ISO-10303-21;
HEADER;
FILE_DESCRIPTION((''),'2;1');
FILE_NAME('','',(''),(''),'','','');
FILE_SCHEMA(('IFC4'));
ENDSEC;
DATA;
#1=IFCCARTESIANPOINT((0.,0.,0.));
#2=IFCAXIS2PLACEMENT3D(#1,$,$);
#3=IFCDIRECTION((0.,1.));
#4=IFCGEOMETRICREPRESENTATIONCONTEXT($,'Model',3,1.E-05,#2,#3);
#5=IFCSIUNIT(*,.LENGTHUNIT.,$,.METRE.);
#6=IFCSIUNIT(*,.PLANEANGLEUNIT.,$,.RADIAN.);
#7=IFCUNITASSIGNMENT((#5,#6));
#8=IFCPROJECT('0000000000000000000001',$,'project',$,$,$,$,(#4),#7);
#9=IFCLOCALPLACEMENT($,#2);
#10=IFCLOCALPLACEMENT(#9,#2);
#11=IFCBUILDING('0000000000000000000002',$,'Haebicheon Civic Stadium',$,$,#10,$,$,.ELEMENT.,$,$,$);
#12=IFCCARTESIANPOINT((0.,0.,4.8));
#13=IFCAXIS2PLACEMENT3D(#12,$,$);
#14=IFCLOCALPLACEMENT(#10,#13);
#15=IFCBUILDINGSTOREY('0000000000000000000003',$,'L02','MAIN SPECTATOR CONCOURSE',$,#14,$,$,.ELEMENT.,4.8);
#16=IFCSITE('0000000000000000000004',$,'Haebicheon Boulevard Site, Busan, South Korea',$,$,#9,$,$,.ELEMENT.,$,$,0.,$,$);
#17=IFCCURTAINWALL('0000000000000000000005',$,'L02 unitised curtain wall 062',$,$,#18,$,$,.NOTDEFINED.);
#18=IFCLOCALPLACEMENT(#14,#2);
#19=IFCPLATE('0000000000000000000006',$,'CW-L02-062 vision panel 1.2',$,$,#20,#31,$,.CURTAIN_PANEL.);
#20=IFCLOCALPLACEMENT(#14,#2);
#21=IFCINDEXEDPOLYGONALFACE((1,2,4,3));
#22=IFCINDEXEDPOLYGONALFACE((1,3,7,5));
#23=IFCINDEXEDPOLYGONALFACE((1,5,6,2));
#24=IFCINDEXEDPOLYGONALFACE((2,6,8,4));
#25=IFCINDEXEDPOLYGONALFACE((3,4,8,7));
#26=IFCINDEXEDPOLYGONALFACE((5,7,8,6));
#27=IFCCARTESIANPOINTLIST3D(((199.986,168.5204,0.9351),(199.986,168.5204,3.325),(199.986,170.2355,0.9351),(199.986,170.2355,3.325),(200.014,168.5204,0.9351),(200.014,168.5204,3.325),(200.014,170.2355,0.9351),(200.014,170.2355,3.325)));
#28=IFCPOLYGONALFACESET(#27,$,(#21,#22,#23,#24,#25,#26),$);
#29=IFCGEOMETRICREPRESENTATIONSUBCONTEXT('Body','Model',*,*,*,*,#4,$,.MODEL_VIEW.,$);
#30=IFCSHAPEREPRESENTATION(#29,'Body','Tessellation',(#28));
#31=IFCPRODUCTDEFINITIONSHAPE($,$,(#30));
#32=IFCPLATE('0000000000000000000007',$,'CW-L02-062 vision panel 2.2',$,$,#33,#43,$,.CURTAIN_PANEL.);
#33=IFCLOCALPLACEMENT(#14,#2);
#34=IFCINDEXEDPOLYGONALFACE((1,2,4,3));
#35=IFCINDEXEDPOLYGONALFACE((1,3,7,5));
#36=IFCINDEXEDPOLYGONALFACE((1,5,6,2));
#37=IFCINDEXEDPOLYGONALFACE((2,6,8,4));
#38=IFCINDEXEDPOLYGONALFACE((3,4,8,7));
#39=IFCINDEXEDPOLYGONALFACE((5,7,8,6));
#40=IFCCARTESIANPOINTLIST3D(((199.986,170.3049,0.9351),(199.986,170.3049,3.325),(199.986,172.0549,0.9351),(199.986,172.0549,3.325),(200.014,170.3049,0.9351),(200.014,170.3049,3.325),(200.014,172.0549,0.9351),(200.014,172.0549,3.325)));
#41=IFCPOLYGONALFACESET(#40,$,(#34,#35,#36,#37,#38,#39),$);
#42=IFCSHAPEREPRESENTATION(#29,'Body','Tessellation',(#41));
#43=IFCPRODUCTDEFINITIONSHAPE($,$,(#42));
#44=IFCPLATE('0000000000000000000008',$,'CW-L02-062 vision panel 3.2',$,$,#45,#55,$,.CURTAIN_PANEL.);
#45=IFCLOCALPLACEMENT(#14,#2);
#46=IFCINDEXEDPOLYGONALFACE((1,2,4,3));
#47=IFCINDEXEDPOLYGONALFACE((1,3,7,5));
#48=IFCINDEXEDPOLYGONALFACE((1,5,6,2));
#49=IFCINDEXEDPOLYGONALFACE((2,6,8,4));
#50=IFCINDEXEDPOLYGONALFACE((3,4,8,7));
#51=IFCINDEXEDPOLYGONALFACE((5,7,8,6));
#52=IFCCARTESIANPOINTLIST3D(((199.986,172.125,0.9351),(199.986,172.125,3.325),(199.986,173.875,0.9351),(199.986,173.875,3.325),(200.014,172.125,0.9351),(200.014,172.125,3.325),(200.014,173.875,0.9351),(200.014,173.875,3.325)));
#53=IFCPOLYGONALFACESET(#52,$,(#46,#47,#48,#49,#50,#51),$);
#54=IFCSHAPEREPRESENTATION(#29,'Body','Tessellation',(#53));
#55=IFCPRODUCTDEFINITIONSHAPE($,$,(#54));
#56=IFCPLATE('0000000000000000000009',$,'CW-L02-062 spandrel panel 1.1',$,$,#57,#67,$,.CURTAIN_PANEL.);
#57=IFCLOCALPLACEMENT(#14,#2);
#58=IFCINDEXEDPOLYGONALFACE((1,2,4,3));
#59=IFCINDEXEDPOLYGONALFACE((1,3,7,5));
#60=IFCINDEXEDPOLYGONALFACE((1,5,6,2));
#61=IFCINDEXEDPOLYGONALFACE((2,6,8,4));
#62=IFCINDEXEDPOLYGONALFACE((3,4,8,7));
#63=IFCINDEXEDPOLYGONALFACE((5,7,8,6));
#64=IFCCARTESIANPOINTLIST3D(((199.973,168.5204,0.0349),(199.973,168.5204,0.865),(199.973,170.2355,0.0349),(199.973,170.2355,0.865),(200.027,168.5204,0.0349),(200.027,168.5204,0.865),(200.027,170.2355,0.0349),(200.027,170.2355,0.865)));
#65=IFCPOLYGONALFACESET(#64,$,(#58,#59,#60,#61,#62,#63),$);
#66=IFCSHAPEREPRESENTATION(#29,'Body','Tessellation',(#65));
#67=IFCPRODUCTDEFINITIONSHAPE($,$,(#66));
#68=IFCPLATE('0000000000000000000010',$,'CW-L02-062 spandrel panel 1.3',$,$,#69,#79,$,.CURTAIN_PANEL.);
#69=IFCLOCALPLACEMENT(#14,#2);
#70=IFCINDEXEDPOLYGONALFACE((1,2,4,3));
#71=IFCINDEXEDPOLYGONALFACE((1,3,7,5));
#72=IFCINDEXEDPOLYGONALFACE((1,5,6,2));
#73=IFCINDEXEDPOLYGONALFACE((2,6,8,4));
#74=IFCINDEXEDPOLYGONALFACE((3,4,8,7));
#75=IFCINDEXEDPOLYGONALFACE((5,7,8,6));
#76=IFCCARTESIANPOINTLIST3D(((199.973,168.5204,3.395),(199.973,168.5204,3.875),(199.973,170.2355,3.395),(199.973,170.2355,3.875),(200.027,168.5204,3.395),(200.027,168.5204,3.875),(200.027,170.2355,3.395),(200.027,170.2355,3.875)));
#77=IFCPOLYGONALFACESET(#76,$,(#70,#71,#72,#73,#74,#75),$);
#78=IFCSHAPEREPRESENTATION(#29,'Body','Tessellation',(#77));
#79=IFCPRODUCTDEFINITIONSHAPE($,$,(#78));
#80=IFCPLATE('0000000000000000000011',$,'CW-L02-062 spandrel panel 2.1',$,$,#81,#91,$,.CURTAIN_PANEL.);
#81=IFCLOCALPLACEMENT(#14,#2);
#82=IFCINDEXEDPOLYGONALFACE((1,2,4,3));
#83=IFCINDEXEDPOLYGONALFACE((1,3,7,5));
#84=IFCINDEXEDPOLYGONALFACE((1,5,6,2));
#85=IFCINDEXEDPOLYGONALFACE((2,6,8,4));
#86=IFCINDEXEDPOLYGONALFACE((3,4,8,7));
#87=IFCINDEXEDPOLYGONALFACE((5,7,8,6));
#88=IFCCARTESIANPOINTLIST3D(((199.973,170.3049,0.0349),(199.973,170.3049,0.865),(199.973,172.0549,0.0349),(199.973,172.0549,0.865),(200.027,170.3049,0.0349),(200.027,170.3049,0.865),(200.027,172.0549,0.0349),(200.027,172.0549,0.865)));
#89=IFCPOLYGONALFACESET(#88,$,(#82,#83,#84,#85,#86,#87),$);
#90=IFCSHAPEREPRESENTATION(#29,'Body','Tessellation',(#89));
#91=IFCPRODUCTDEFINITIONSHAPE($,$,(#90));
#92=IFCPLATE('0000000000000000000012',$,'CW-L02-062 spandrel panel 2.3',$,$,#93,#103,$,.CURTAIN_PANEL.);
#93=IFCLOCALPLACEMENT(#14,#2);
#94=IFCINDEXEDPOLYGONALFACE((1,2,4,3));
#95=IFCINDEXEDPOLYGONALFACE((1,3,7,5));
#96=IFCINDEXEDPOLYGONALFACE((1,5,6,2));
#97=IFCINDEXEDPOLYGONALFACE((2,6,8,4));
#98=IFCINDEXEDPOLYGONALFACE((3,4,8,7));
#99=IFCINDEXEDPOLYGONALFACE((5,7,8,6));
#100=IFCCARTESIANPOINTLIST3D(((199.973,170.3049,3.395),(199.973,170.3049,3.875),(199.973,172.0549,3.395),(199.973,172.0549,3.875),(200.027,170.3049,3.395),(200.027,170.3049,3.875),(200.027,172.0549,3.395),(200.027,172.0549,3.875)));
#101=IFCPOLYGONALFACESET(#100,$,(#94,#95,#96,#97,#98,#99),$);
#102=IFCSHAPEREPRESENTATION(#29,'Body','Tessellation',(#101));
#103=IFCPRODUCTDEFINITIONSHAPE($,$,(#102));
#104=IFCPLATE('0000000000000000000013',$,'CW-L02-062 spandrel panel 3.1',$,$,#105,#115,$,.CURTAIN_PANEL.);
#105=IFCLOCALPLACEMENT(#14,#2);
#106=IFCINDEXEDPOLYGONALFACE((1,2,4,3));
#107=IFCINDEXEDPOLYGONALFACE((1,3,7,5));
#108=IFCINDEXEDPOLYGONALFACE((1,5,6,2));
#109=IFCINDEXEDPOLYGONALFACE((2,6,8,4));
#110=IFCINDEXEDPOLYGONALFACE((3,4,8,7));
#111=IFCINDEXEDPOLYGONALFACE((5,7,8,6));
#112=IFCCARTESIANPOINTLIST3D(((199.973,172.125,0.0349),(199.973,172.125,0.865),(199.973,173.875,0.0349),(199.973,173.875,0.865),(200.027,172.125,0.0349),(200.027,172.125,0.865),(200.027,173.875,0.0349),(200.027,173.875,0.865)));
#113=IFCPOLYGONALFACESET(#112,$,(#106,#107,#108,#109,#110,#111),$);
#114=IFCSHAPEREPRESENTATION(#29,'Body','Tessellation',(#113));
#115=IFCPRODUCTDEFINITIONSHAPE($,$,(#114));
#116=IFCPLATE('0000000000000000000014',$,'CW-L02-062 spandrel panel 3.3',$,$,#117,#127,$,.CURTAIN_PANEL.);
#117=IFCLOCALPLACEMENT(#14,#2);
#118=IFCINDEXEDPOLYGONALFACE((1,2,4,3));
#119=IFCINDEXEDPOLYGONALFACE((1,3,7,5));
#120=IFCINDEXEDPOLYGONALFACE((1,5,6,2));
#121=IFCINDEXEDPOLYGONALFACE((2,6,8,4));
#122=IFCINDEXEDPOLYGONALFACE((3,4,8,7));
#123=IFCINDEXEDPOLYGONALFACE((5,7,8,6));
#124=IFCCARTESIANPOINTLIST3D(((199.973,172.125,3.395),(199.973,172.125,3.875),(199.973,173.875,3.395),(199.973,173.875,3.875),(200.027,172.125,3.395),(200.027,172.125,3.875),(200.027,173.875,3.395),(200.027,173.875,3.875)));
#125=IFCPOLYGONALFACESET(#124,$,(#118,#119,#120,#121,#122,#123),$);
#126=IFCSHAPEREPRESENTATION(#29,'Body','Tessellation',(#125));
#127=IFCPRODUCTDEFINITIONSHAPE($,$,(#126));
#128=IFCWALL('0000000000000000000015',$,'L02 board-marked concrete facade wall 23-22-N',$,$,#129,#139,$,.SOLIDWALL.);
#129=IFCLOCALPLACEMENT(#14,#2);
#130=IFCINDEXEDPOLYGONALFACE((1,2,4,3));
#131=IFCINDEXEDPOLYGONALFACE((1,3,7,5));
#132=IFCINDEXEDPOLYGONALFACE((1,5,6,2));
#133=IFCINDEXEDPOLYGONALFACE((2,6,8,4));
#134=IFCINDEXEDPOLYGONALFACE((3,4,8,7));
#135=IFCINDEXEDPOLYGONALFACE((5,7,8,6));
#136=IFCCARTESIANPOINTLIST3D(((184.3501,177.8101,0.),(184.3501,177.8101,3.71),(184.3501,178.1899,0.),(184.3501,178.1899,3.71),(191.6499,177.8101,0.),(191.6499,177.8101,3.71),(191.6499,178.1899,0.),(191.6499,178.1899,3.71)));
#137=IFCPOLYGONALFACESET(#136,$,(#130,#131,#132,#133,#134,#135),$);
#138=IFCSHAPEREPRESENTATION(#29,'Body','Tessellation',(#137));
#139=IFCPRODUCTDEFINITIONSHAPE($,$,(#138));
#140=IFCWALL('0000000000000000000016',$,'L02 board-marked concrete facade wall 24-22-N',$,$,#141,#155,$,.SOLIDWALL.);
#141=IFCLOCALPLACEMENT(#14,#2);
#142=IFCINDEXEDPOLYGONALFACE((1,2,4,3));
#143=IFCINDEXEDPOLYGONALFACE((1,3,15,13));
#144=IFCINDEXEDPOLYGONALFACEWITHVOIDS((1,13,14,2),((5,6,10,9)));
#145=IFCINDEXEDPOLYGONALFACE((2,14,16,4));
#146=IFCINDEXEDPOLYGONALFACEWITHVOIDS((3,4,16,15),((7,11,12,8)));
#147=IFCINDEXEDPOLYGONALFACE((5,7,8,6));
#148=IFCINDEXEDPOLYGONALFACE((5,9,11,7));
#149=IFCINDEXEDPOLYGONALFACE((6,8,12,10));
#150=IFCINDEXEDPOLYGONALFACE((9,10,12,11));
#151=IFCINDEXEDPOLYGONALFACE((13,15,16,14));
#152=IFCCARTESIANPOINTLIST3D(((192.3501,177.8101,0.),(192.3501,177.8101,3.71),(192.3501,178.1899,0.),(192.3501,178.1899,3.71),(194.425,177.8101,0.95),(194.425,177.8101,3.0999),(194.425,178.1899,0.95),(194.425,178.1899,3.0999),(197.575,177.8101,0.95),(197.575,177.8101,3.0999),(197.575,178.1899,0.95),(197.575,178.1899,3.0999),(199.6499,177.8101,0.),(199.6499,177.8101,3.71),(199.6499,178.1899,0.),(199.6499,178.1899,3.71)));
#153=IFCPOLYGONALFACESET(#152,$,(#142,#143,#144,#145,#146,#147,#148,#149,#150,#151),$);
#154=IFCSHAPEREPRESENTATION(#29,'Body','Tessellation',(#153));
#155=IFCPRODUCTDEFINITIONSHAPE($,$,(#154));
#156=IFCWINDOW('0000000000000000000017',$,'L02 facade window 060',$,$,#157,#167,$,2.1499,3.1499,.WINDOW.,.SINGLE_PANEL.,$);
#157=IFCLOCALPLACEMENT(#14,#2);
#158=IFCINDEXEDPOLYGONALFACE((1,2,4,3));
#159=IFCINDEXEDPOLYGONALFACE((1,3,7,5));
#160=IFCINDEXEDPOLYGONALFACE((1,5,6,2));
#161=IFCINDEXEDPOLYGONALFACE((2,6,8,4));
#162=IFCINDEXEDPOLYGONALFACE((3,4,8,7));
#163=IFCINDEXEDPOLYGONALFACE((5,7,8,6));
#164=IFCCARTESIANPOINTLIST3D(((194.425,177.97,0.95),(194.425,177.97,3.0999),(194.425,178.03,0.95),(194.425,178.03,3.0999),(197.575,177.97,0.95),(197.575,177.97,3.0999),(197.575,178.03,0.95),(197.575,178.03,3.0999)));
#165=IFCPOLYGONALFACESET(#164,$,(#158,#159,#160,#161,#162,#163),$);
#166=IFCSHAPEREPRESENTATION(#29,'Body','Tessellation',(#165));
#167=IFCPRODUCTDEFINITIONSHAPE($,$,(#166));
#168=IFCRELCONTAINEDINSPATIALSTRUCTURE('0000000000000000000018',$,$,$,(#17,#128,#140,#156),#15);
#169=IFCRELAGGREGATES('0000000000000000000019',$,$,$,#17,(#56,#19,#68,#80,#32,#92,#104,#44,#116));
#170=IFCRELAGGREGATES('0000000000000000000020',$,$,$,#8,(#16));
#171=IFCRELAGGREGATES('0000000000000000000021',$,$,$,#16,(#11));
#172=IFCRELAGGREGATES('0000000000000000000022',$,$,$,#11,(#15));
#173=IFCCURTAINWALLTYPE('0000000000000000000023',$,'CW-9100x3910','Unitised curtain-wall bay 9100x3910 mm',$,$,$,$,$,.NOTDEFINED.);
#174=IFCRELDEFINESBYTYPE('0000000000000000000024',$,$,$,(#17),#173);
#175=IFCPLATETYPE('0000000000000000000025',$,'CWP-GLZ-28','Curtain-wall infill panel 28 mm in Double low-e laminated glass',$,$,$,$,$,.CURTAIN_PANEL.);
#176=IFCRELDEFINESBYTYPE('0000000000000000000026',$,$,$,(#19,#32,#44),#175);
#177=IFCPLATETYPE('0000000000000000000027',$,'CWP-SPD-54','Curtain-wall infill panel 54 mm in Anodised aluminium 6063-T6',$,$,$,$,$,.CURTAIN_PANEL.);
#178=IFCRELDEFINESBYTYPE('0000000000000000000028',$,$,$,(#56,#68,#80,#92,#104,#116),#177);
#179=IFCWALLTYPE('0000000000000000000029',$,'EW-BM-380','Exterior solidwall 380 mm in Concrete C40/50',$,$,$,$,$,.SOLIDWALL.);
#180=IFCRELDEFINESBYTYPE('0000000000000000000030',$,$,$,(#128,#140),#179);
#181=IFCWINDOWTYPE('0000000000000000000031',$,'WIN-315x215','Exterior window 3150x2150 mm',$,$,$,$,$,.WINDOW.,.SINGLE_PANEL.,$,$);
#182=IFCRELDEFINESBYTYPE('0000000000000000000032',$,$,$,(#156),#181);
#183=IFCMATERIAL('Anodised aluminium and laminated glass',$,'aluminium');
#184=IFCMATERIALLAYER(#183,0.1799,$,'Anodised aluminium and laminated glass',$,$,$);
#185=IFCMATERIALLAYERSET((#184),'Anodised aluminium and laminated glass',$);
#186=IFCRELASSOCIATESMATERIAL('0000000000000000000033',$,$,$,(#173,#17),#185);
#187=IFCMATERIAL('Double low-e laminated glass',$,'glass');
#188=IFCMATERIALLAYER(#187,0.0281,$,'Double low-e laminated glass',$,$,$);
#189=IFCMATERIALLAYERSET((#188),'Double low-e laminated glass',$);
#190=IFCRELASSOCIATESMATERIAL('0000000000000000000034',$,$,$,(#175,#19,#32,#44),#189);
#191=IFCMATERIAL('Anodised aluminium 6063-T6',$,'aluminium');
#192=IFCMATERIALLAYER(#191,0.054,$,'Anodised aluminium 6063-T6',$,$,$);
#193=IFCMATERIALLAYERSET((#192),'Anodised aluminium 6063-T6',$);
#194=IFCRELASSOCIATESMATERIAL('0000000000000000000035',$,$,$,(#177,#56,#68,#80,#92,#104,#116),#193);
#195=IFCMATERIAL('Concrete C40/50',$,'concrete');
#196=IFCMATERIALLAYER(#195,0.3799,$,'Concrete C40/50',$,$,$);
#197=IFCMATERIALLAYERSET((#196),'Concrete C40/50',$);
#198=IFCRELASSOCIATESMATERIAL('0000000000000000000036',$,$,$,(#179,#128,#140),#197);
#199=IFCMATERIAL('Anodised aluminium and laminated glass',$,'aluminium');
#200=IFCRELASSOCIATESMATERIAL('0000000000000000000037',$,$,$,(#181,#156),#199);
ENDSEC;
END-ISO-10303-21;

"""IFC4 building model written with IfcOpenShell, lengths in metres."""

from ifc_helpers import new_model, si_unit, direction, frame, frame_2d, origin, origin_2d, place, context, subcontext, project, spatial, rectangle, extrude, material, layer, layer_set, type_object, element, fill, aggregate, save


model = new_model("IFC4")

# Units and contexts
model_context = context("Model", 3, precision=1e-05, world=origin(), true_north=direction((0.0, 1.0)))
body_context = subcontext(model_context, "Body", "Model", "MODEL_VIEW")
ifc_project = project(units=[si_unit("LENGTHUNIT", "METRE"), si_unit("PLANEANGLEUNIT", "RADIAN")], contexts=[model_context])

# Site, building, storey
site_placement = place(None, origin())
site = spatial("IfcSite", under=ifc_project, at=site_placement, Name="Haebicheon Boulevard Site, Busan, South Korea", CompositionType="ELEMENT", RefElevation=0.0)
building_placement = place(site_placement, origin())
building = spatial("IfcBuilding", under=site, at=building_placement, Name="Haebicheon Civic Stadium", CompositionType="ELEMENT")
storey_placement = place(building_placement, frame((0.0, 0.0, 4.8)))
storey = spatial("IfcBuildingStorey", under=building, at=storey_placement, Name="L02", Description="MAIN SPECTATOR CONCOURSE", CompositionType="ELEMENT", Elevation=4.8)

# Curtain wall
ifc_material_1 = material(Name="Anodised aluminium and laminated glass", Category="aluminium")
ifc_layer_1 = layer(ifc_material_1, 0.1799, Name="Anodised aluminium and laminated glass")
ifc_layer_set_1 = layer_set([ifc_layer_1], Name="Anodised aluminium and laminated glass")
curtain_wall_type_1 = type_object("IfcCurtainWallType", Name="CW-9100x3910", Description="Unitised curtain-wall bay 9100x3910 mm", PredefinedType="NOTDEFINED", material=ifc_layer_set_1)
curtain_wall_1_placement = place(storey_placement, origin())
curtain_wall_1 = element("IfcCurtainWall", 1, at=curtain_wall_1_placement, inside=storey, type_object=curtain_wall_type_1, material=ifc_layer_set_1, Name="L02 unitised curtain wall 062", PredefinedType="NOTDEFINED")

# Plates
ifc_material_2 = material(Name="Double low-e laminated glass", Category="glass")
ifc_layer_2 = layer(ifc_material_2, 0.0281, Name="Double low-e laminated glass")
ifc_layer_set_2 = layer_set([ifc_layer_2], Name="Double low-e laminated glass")
plate_type_1 = type_object("IfcPlateType", Name="CWP-GLZ-28", Description="Curtain-wall infill panel 28 mm in Double low-e laminated glass", PredefinedType="CURTAIN_PANEL", material=ifc_layer_set_2)
plate_1_placement = place(storey_placement, frame((200.0, 169.3779, 0.9351), z_axis=(0.0, 0.0, 1.0), x_axis=(0.0, 1.0, 0.0)))
plate_1 = element("IfcPlate", 2, at=plate_1_placement, type_object=plate_type_1, material=ifc_layer_set_2, Name="CW-L02-062 vision panel 1.2", PredefinedType="CURTAIN_PANEL", context=body_context, shape_type="SweptSolid", body=[
    extrude(rectangle(XDim=1.7151, YDim=0.0281, at=origin_2d()), origin(), (0.0, 0.0, 1.0), 2.3899),
])
plate_2_placement = place(storey_placement, frame((200.0, 171.1799, 0.9351), z_axis=(0.0, 0.0, 1.0), x_axis=(0.0, 1.0, 0.0)))
plate_2 = element("IfcPlate", 3, at=plate_2_placement, type_object=plate_type_1, material=ifc_layer_set_2, Name="CW-L02-062 vision panel 2.2", PredefinedType="CURTAIN_PANEL", context=body_context, shape_type="SweptSolid", body=[
    extrude(rectangle(XDim=1.75, YDim=0.0281, at=origin_2d()), origin(), (0.0, 0.0, 1.0), 2.3899),
])
plate_3_placement = place(storey_placement, frame((200.0, 173.0, 0.9351), z_axis=(0.0, 0.0, 1.0), x_axis=(0.0, 1.0, 0.0)))
plate_3 = element("IfcPlate", 4, at=plate_3_placement, type_object=plate_type_1, material=ifc_layer_set_2, Name="CW-L02-062 vision panel 3.2", PredefinedType="CURTAIN_PANEL", context=body_context, shape_type="SweptSolid", body=[
    extrude(rectangle(XDim=1.75, YDim=0.0281, at=origin_2d()), origin(), (0.0, 0.0, 1.0), 2.3899),
])
ifc_material_3 = material(Name="Anodised aluminium 6063-T6", Category="aluminium")
ifc_layer_3 = layer(ifc_material_3, 0.054, Name="Anodised aluminium 6063-T6")
ifc_layer_set_3 = layer_set([ifc_layer_3], Name="Anodised aluminium 6063-T6")
plate_type_2 = type_object("IfcPlateType", Name="CWP-SPD-54", Description="Curtain-wall infill panel 54 mm in Anodised aluminium 6063-T6", PredefinedType="CURTAIN_PANEL", material=ifc_layer_set_3)
plate_4_placement = place(storey_placement, frame((200.0, 169.3779, 0.0349), z_axis=(0.0, 0.0, 1.0), x_axis=(0.0, 1.0, 0.0)))
plate_4 = element("IfcPlate", 5, at=plate_4_placement, type_object=plate_type_2, material=ifc_layer_set_3, Name="CW-L02-062 spandrel panel 1.1", PredefinedType="CURTAIN_PANEL", context=body_context, shape_type="SweptSolid", body=[
    extrude(rectangle(XDim=1.7151, YDim=0.054, at=origin_2d()), origin(), (0.0, 0.0, 1.0), 0.8301),
])
plate_5_placement = place(storey_placement, frame((200.0, 169.3779, 3.395), z_axis=(0.0, 0.0, 1.0), x_axis=(0.0, 1.0, 0.0)))
plate_5 = element("IfcPlate", 6, at=plate_5_placement, type_object=plate_type_2, material=ifc_layer_set_3, Name="CW-L02-062 spandrel panel 1.3", PredefinedType="CURTAIN_PANEL", context=body_context, shape_type="SweptSolid", body=[
    extrude(rectangle(XDim=1.7151, YDim=0.054, at=origin_2d()), origin(), (0.0, 0.0, 1.0), 0.48),
])
plate_6_placement = place(storey_placement, frame((200.0, 171.1799, 0.0349), z_axis=(0.0, 0.0, 1.0), x_axis=(0.0, 1.0, 0.0)))
plate_6 = element("IfcPlate", 7, at=plate_6_placement, type_object=plate_type_2, material=ifc_layer_set_3, Name="CW-L02-062 spandrel panel 2.1", PredefinedType="CURTAIN_PANEL", context=body_context, shape_type="SweptSolid", body=[
    extrude(rectangle(XDim=1.75, YDim=0.054, at=origin_2d()), origin(), (0.0, 0.0, 1.0), 0.8301),
])
plate_7_placement = place(storey_placement, frame((200.0, 171.1799, 3.395), z_axis=(0.0, 0.0, 1.0), x_axis=(0.0, 1.0, 0.0)))
plate_7 = element("IfcPlate", 8, at=plate_7_placement, type_object=plate_type_2, material=ifc_layer_set_3, Name="CW-L02-062 spandrel panel 2.3", PredefinedType="CURTAIN_PANEL", context=body_context, shape_type="SweptSolid", body=[
    extrude(rectangle(XDim=1.75, YDim=0.054, at=origin_2d()), origin(), (0.0, 0.0, 1.0), 0.48),
])
plate_8_placement = place(storey_placement, frame((200.0, 173.0, 0.0349), z_axis=(0.0, 0.0, 1.0), x_axis=(0.0, 1.0, 0.0)))
plate_8 = element("IfcPlate", 9, at=plate_8_placement, type_object=plate_type_2, material=ifc_layer_set_3, Name="CW-L02-062 spandrel panel 3.1", PredefinedType="CURTAIN_PANEL", context=body_context, shape_type="SweptSolid", body=[
    extrude(rectangle(XDim=1.75, YDim=0.054, at=origin_2d()), origin(), (0.0, 0.0, 1.0), 0.8301),
])
plate_9_placement = place(storey_placement, frame((200.0, 173.0, 3.395), z_axis=(0.0, 0.0, 1.0), x_axis=(0.0, 1.0, 0.0)))
plate_9 = element("IfcPlate", 10, at=plate_9_placement, type_object=plate_type_2, material=ifc_layer_set_3, Name="CW-L02-062 spandrel panel 3.3", PredefinedType="CURTAIN_PANEL", context=body_context, shape_type="SweptSolid", body=[
    extrude(rectangle(XDim=1.75, YDim=0.054, at=origin_2d()), origin(), (0.0, 0.0, 1.0), 0.48),
])
aggregate(curtain_wall_1, [plate_4, plate_1, plate_5, plate_6, plate_2, plate_7, plate_8, plate_3, plate_9])

# Wall
ifc_material_4 = material(Name="Concrete C40/50", Category="concrete")
ifc_layer_4 = layer(ifc_material_4, 0.3799, Name="Concrete C40/50")
ifc_layer_set_4 = layer_set([ifc_layer_4], Name="Concrete C40/50")
wall_type = type_object("IfcWallType", Name="EW-BM-380", Description="Exterior solidwall 380 mm in Concrete C40/50", PredefinedType="SOLIDWALL", material=ifc_layer_set_4)
wall_1_placement = place(storey_placement, frame((184.3501, 178.0, 0.0), z_axis=(0.0, 0.0, 1.0), x_axis=(1.0, 0.0, 0.0)))
element("IfcWall", 11, at=wall_1_placement, inside=storey, type_object=wall_type, material=ifc_layer_set_4, Name="L02 board-marked concrete facade wall 23-22-N", PredefinedType="SOLIDWALL", context=body_context, shape_type="SweptSolid", body=[
    extrude(rectangle(XDim=7.2998, YDim=0.3799, at=frame_2d((3.6499, 0.0))), origin(), (0.0, 0.0, 1.0), 3.71),
])

# Wall, opening, window
wall_2_placement = place(storey_placement, frame((192.3501, 178.0, 0.0), z_axis=(0.0, 0.0, 1.0), x_axis=(1.0, 0.0, 0.0)))
wall_2 = element("IfcWall", 12, at=wall_2_placement, inside=storey, type_object=wall_type, material=ifc_layer_set_4, Name="L02 board-marked concrete facade wall 24-22-N", PredefinedType="SOLIDWALL", context=body_context, shape_type="SweptSolid", body=[
    extrude(rectangle(XDim=7.2998, YDim=0.3799, at=frame_2d((3.6499, 0.0))), origin(), (0.0, 0.0, 1.0), 3.71),
])
opening_placement = place(wall_2_placement, frame((2.075, 0.0, 0.95)))
opening = element("IfcOpeningElement", 13, at=opening_placement, cuts=wall_2, PredefinedType="OPENING", context=body_context, shape_type="SweptSolid", body=[
    extrude(rectangle(XDim=3.1499, YDim=2.1499, at=frame_2d((1.575, 1.075))), frame((0.0, 0.2, 0.0), z_axis=(0.0, -1.0, 0.0), x_axis=(1.0, 0.0, 0.0)), (0.0, 0.0, 1.0), 0.3999),
])
ifc_material_5 = material(Name="Anodised aluminium and laminated glass", Category="aluminium")
window_type = type_object("IfcWindowType", Name="WIN-315x215", Description="Exterior window 3150x2150 mm", PartitioningType="SINGLE_PANEL", PredefinedType="WINDOW", material=ifc_material_5)
window_placement = place(opening_placement, origin())
window = element("IfcWindow", 14, at=window_placement, inside=storey, type_object=window_type, material=ifc_material_5, Name="L02 facade window 060", OverallHeight=2.1499, OverallWidth=3.1499, PartitioningType="SINGLE_PANEL", PredefinedType="WINDOW", context=body_context, shape_type="SweptSolid", body=[
    extrude(rectangle(XDim=3.1499, YDim=2.1499, at=frame_2d((1.575, 1.075))), frame((0.0, 0.03, 0.0), z_axis=(0.0, -1.0, 0.0), x_axis=(1.0, 0.0, 0.0)), (0.0, 0.0, 1.0), 0.0601),
])
fill(opening, window)

save(model, "model.ifc")
